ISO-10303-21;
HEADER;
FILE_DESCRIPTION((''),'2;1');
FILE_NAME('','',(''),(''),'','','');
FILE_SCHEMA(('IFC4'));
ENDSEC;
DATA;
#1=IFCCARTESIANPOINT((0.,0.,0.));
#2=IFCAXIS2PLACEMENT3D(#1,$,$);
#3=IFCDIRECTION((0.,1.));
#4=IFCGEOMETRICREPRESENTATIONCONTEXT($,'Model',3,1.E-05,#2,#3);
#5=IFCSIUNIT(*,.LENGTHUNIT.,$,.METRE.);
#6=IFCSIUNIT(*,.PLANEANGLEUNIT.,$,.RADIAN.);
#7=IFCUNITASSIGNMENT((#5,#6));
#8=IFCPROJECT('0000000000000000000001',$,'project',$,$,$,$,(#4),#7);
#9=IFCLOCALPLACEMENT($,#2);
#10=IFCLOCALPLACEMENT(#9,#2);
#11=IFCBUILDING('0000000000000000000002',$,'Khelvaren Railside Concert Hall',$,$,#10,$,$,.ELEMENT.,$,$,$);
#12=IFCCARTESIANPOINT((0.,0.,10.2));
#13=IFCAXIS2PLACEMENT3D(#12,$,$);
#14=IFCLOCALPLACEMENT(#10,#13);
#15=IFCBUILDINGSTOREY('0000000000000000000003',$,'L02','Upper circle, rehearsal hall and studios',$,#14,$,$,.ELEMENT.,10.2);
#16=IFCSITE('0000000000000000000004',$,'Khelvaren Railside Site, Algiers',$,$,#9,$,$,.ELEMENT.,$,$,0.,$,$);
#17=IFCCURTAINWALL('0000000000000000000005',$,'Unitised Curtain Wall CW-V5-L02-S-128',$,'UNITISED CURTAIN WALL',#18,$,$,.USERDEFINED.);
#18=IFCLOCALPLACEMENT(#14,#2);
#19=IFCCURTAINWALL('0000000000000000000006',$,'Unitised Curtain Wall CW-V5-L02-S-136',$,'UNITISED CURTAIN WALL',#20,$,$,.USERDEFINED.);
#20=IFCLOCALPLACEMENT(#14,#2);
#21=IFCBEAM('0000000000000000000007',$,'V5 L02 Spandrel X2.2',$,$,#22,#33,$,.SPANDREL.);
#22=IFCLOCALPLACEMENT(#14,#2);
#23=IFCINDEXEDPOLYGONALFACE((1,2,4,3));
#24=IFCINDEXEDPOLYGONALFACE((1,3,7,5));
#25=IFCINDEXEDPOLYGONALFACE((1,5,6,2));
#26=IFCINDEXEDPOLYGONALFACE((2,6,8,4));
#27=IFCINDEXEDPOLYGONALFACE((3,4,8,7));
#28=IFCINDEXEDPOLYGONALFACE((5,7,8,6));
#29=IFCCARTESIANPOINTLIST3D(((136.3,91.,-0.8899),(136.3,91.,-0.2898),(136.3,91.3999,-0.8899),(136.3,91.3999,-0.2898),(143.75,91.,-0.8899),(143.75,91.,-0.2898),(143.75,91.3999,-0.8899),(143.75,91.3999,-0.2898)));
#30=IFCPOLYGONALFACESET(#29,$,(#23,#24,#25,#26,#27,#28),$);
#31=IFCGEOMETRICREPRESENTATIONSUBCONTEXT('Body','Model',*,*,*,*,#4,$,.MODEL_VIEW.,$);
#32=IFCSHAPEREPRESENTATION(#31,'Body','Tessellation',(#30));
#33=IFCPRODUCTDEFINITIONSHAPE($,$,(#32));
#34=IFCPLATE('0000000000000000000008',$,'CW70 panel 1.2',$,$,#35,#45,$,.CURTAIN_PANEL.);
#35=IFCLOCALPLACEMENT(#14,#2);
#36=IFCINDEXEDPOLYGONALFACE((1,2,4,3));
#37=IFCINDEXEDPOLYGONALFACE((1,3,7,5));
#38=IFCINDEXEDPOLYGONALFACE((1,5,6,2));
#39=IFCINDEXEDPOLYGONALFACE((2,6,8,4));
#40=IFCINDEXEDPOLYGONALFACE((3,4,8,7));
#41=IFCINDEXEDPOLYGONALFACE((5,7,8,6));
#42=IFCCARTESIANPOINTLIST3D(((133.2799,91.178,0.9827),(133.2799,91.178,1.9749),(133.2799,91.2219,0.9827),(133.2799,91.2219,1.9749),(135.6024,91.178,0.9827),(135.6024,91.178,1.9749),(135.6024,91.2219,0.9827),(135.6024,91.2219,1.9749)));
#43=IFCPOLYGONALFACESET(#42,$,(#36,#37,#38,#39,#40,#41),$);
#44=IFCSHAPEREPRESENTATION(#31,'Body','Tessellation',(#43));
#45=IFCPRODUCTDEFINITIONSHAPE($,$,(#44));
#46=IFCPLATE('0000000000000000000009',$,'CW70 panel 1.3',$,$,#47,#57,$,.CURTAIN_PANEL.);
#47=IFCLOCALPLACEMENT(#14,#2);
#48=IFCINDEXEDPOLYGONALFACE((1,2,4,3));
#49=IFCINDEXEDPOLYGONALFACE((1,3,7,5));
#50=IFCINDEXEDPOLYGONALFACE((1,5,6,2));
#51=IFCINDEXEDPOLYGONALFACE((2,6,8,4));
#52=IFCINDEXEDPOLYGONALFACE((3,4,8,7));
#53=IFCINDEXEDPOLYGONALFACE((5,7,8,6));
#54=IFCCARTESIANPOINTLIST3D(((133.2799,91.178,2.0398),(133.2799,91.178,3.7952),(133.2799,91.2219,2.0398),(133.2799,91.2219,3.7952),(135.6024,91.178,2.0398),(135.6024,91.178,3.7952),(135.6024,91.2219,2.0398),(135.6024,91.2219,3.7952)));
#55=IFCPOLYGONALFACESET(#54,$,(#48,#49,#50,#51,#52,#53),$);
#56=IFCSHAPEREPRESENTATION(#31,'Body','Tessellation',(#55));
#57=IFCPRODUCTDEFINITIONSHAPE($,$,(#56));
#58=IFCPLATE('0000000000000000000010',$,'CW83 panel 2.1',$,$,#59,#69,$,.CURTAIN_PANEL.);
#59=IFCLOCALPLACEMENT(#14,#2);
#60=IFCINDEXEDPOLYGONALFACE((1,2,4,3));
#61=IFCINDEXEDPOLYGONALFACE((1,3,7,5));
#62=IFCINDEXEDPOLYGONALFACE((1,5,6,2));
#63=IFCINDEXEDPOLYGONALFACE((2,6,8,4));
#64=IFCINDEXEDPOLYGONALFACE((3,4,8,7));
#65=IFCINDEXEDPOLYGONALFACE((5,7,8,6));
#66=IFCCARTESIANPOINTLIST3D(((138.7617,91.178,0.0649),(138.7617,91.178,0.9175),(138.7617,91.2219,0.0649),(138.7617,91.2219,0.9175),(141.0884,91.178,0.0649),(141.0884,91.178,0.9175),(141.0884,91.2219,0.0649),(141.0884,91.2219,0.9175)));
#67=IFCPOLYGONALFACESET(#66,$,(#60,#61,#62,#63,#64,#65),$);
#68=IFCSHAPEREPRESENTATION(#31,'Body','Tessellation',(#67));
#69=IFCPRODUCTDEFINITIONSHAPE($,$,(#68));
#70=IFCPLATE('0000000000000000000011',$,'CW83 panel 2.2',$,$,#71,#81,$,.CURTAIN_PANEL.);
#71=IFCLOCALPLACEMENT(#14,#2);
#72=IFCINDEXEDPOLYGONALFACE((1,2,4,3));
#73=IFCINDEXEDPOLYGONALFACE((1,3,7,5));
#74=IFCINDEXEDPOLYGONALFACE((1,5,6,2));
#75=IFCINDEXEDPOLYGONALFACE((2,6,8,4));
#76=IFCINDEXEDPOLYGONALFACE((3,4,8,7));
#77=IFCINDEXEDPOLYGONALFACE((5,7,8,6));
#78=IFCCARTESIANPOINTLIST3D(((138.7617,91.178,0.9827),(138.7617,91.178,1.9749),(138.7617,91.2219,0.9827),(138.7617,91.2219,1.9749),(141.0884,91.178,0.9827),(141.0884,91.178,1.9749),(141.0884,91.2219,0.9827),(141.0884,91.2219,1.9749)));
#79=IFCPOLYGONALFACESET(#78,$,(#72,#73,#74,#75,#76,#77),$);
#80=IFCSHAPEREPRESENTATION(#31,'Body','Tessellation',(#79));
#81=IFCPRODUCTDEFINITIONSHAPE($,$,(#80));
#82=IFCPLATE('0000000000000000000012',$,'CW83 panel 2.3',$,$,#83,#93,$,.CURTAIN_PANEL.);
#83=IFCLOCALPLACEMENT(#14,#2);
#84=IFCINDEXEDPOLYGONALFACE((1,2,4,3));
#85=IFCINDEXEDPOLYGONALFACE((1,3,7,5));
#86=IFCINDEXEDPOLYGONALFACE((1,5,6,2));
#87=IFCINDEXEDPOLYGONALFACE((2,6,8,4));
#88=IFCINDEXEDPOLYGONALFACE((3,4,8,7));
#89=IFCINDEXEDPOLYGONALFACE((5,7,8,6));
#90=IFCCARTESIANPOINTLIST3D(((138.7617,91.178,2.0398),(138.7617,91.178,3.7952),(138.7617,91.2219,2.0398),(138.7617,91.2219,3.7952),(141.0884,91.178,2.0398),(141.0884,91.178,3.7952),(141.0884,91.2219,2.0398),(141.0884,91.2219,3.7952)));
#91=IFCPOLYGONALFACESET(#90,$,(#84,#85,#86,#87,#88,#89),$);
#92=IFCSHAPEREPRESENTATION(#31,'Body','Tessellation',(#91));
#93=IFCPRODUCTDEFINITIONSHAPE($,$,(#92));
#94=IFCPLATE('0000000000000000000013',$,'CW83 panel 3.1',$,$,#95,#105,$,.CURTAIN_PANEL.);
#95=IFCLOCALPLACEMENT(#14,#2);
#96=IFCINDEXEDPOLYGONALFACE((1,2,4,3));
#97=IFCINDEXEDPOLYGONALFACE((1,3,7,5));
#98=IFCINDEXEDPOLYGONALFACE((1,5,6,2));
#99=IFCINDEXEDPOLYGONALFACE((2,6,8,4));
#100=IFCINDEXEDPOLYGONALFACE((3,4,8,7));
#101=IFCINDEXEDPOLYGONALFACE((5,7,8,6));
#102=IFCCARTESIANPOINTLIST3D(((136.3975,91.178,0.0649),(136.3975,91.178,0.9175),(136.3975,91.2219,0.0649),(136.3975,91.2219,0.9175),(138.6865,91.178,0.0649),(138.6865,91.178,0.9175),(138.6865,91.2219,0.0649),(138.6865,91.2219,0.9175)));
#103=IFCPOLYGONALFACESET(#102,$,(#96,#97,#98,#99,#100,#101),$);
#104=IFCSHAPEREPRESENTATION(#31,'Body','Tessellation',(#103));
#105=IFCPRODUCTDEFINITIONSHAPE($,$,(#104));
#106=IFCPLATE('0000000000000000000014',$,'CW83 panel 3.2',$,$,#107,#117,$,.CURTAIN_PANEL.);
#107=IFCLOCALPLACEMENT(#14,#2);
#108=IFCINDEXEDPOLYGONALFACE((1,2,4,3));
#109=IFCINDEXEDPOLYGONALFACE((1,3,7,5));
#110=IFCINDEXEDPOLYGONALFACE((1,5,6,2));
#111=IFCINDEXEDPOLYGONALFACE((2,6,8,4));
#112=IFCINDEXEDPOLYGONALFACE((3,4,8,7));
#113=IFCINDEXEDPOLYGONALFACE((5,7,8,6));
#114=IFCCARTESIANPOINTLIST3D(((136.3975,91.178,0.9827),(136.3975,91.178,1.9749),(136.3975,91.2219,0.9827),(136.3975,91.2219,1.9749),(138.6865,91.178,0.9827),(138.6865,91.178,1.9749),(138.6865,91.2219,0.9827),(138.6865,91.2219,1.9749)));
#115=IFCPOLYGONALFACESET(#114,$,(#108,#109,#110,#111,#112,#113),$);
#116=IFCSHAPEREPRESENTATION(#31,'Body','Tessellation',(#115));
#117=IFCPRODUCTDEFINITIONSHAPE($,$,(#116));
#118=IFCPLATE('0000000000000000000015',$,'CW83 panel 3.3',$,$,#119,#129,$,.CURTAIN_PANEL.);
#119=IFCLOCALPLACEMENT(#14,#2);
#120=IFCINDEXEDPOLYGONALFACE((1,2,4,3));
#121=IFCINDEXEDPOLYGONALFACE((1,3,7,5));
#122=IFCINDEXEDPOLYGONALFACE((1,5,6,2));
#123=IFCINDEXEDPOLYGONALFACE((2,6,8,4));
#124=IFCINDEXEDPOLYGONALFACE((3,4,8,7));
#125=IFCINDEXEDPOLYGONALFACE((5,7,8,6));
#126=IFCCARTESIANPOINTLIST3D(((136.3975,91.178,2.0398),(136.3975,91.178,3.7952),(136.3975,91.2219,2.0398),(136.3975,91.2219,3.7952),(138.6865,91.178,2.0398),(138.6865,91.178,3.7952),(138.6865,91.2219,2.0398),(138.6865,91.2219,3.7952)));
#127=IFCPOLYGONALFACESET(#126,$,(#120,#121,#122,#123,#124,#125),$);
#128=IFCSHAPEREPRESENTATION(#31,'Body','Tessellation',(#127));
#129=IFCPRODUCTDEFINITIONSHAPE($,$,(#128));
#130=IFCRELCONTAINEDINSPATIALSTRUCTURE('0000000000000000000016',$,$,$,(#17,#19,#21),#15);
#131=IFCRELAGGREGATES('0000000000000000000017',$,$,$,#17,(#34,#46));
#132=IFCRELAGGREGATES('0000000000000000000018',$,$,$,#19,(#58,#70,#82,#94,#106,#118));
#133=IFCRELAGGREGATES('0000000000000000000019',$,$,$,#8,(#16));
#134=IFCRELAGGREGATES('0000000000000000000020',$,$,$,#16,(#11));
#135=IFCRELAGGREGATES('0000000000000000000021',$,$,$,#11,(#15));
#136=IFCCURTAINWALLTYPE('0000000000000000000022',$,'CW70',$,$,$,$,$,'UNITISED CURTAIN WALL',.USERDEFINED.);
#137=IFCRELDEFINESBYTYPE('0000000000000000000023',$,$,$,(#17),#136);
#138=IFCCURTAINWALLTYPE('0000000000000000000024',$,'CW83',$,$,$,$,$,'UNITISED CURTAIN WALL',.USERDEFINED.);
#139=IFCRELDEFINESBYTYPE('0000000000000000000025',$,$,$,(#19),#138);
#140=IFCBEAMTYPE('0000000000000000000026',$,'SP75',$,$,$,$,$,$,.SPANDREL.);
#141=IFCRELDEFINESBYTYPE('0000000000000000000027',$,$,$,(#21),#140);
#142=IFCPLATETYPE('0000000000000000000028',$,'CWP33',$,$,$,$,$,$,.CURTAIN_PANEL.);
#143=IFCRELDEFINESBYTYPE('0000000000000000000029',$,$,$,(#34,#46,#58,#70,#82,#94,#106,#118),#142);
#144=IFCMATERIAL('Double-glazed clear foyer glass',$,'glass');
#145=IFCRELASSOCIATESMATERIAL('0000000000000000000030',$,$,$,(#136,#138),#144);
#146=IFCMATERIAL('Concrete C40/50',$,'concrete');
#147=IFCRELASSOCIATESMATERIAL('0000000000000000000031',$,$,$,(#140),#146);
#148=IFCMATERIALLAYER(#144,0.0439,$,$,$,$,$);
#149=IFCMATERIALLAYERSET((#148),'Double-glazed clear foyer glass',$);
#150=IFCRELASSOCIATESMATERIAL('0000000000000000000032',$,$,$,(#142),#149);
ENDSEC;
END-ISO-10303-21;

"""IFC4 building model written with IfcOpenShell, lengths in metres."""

from ifc_helpers import new_model, si_unit, direction, frame, origin, origin_2d, place, context, subcontext, project, spatial, rectangle, extrude, material, layer, layer_set, material_profile, profile_set, type_object, element, aggregate, save


model = new_model("IFC4")

# Units and contexts
model_context = context("Model", 3, precision=1e-05, world=origin(), true_north=direction((0.0, 1.0)))
body_context = subcontext(model_context, "Body", "Model", "MODEL_VIEW")
ifc_project = project(units=[si_unit("LENGTHUNIT", "METRE"), si_unit("PLANEANGLEUNIT", "RADIAN")], contexts=[model_context])

# Site, building, storey
site_placement = place(None, origin())
site = spatial("IfcSite", under=ifc_project, at=site_placement, Name="Khelvaren Railside Site, Algiers", CompositionType="ELEMENT", RefElevation=0.0)
building_placement = place(site_placement, origin())
building = spatial("IfcBuilding", under=site, at=building_placement, Name="Khelvaren Railside Concert Hall", CompositionType="ELEMENT")
storey_placement = place(building_placement, frame((0.0, 0.0, 10.2)))
storey = spatial("IfcBuildingStorey", under=building, at=storey_placement, Name="L02", Description="Upper circle, rehearsal hall and studios", CompositionType="ELEMENT", Elevation=10.2)

# Curtain wall
ifc_material_1 = material(Name="Double-glazed clear foyer glass", Category="glass")
curtain_wall_type_1 = type_object("IfcCurtainWallType", Name="CW70", ElementType="UNITISED CURTAIN WALL", PredefinedType="USERDEFINED", material=ifc_material_1)
curtain_wall_1_placement = place(storey_placement, origin())
curtain_wall_1 = element("IfcCurtainWall", 1, at=curtain_wall_1_placement, inside=storey, type_object=curtain_wall_type_1, Name="Unitised Curtain Wall CW-V5-L02-S-128", ObjectType="UNITISED CURTAIN WALL", PredefinedType="USERDEFINED")

# Curtain wall
curtain_wall_type_2 = type_object("IfcCurtainWallType", Name="CW83", ElementType="UNITISED CURTAIN WALL", PredefinedType="USERDEFINED", material=ifc_material_1)
curtain_wall_2_placement = place(storey_placement, origin())
curtain_wall_2 = element("IfcCurtainWall", 2, at=curtain_wall_2_placement, inside=storey, type_object=curtain_wall_type_2, Name="Unitised Curtain Wall CW-V5-L02-S-136", ObjectType="UNITISED CURTAIN WALL", PredefinedType="USERDEFINED")

# Beam
ifc_material_2 = material(Name="Concrete C40/50", Category="concrete")
ifc_material_profile_1 = material_profile(ifc_material_2, rectangle(XDim=0.3999, YDim=0.6001, at=origin_2d()), Name="RCB 400x600")
ifc_profile_set_1 = profile_set([ifc_material_profile_1], Name="Concrete C40/50")
beam_type_1 = type_object("IfcBeamType", Name="SP75", PredefinedType="SPANDREL", material=ifc_profile_set_1)
beam_1_placement = place(storey_placement, frame((136.3, 91.2, -0.5898), z_axis=(1.0, 0.0, 0.0), x_axis=(0.0, 1.0, 0.0)))
element("IfcBeam", 3, at=beam_1_placement, inside=storey, type_object=beam_type_1, Name="V5 L02 Spandrel X2.2", PredefinedType="SPANDREL", context=body_context, shape_type="SweptSolid", body=[
    extrude(rectangle(XDim=0.3999, YDim=0.6001, at=origin_2d()), origin(), (0.0, 0.0, 1.0), 7.45),
])

# Plates
ifc_layer = layer(ifc_material_1, 0.0439)
ifc_layer_set = layer_set([ifc_layer], Name="Double-glazed clear foyer glass")
plate_type = type_object("IfcPlateType", Name="CWP33", PredefinedType="CURTAIN_PANEL", material=ifc_layer_set)
plate_1_placement = place(storey_placement, frame((134.4412, 91.2, 0.9827), z_axis=(0.0, 0.0, 1.0), x_axis=(-1.0, 0.0, 0.0)))
plate_1 = element("IfcPlate", 4, at=plate_1_placement, type_object=plate_type, Name="CW70 panel 1.2", PredefinedType="CURTAIN_PANEL", context=body_context, shape_type="SweptSolid", body=[
    extrude(rectangle(XDim=2.3225, YDim=0.0439, at=origin_2d()), origin(), (0.0, 0.0, 1.0), 0.9922),
])
plate_2_placement = place(storey_placement, frame((134.4412, 91.2, 2.0398), z_axis=(0.0, 0.0, 1.0), x_axis=(-1.0, 0.0, 0.0)))
plate_2 = element("IfcPlate", 5, at=plate_2_placement, type_object=plate_type, Name="CW70 panel 1.3", PredefinedType="CURTAIN_PANEL", context=body_context, shape_type="SweptSolid", body=[
    extrude(rectangle(XDim=2.3225, YDim=0.0439, at=origin_2d()), origin(), (0.0, 0.0, 1.0), 1.7554),
])
aggregate(curtain_wall_1, [plate_1, plate_2])
plate_3_placement = place(storey_placement, frame((139.925, 91.2, 0.0649), z_axis=(0.0, 0.0, 1.0), x_axis=(-1.0, 0.0, 0.0)))
plate_3 = element("IfcPlate", 6, at=plate_3_placement, type_object=plate_type, Name="CW83 panel 2.1", PredefinedType="CURTAIN_PANEL", context=body_context, shape_type="SweptSolid", body=[
    extrude(rectangle(XDim=2.3267, YDim=0.0439, at=origin_2d()), origin(), (0.0, 0.0, 1.0), 0.8525),
])
plate_4_placement = place(storey_placement, frame((139.925, 91.2, 0.9827), z_axis=(0.0, 0.0, 1.0), x_axis=(-1.0, 0.0, 0.0)))
plate_4 = element("IfcPlate", 7, at=plate_4_placement, type_object=plate_type, Name="CW83 panel 2.2", PredefinedType="CURTAIN_PANEL", context=body_context, shape_type="SweptSolid", body=[
    extrude(rectangle(XDim=2.3267, YDim=0.0439, at=origin_2d()), origin(), (0.0, 0.0, 1.0), 0.9922),
])
plate_5_placement = place(storey_placement, frame((139.925, 91.2, 2.0398), z_axis=(0.0, 0.0, 1.0), x_axis=(-1.0, 0.0, 0.0)))
plate_5 = element("IfcPlate", 8, at=plate_5_placement, type_object=plate_type, Name="CW83 panel 2.3", PredefinedType="CURTAIN_PANEL", context=body_context, shape_type="SweptSolid", body=[
    extrude(rectangle(XDim=2.3267, YDim=0.0439, at=origin_2d()), origin(), (0.0, 0.0, 1.0), 1.7554),
])
plate_6_placement = place(storey_placement, frame((137.542, 91.2, 0.0649), z_axis=(0.0, 0.0, 1.0), x_axis=(-1.0, 0.0, 0.0)))
plate_6 = element("IfcPlate", 9, at=plate_6_placement, type_object=plate_type, Name="CW83 panel 3.1", PredefinedType="CURTAIN_PANEL", context=body_context, shape_type="SweptSolid", body=[
    extrude(rectangle(XDim=2.2891, YDim=0.0439, at=origin_2d()), origin(), (0.0, 0.0, 1.0), 0.8525),
])
plate_7_placement = place(storey_placement, frame((137.542, 91.2, 0.9827), z_axis=(0.0, 0.0, 1.0), x_axis=(-1.0, 0.0, 0.0)))
plate_7 = element("IfcPlate", 10, at=plate_7_placement, type_object=plate_type, Name="CW83 panel 3.2", PredefinedType="CURTAIN_PANEL", context=body_context, shape_type="SweptSolid", body=[
    extrude(rectangle(XDim=2.2891, YDim=0.0439, at=origin_2d()), origin(), (0.0, 0.0, 1.0), 0.9922),
])
plate_8_placement = place(storey_placement, frame((137.542, 91.2, 2.0398), z_axis=(0.0, 0.0, 1.0), x_axis=(-1.0, 0.0, 0.0)))
plate_8 = element("IfcPlate", 11, at=plate_8_placement, type_object=plate_type, Name="CW83 panel 3.3", PredefinedType="CURTAIN_PANEL", context=body_context, shape_type="SweptSolid", body=[
    extrude(rectangle(XDim=2.2891, YDim=0.0439, at=origin_2d()), origin(), (0.0, 0.0, 1.0), 1.7554),
])
aggregate(curtain_wall_2, [plate_3, plate_4, plate_5, plate_6, plate_7, plate_8])

save(model, "model.ifc")
